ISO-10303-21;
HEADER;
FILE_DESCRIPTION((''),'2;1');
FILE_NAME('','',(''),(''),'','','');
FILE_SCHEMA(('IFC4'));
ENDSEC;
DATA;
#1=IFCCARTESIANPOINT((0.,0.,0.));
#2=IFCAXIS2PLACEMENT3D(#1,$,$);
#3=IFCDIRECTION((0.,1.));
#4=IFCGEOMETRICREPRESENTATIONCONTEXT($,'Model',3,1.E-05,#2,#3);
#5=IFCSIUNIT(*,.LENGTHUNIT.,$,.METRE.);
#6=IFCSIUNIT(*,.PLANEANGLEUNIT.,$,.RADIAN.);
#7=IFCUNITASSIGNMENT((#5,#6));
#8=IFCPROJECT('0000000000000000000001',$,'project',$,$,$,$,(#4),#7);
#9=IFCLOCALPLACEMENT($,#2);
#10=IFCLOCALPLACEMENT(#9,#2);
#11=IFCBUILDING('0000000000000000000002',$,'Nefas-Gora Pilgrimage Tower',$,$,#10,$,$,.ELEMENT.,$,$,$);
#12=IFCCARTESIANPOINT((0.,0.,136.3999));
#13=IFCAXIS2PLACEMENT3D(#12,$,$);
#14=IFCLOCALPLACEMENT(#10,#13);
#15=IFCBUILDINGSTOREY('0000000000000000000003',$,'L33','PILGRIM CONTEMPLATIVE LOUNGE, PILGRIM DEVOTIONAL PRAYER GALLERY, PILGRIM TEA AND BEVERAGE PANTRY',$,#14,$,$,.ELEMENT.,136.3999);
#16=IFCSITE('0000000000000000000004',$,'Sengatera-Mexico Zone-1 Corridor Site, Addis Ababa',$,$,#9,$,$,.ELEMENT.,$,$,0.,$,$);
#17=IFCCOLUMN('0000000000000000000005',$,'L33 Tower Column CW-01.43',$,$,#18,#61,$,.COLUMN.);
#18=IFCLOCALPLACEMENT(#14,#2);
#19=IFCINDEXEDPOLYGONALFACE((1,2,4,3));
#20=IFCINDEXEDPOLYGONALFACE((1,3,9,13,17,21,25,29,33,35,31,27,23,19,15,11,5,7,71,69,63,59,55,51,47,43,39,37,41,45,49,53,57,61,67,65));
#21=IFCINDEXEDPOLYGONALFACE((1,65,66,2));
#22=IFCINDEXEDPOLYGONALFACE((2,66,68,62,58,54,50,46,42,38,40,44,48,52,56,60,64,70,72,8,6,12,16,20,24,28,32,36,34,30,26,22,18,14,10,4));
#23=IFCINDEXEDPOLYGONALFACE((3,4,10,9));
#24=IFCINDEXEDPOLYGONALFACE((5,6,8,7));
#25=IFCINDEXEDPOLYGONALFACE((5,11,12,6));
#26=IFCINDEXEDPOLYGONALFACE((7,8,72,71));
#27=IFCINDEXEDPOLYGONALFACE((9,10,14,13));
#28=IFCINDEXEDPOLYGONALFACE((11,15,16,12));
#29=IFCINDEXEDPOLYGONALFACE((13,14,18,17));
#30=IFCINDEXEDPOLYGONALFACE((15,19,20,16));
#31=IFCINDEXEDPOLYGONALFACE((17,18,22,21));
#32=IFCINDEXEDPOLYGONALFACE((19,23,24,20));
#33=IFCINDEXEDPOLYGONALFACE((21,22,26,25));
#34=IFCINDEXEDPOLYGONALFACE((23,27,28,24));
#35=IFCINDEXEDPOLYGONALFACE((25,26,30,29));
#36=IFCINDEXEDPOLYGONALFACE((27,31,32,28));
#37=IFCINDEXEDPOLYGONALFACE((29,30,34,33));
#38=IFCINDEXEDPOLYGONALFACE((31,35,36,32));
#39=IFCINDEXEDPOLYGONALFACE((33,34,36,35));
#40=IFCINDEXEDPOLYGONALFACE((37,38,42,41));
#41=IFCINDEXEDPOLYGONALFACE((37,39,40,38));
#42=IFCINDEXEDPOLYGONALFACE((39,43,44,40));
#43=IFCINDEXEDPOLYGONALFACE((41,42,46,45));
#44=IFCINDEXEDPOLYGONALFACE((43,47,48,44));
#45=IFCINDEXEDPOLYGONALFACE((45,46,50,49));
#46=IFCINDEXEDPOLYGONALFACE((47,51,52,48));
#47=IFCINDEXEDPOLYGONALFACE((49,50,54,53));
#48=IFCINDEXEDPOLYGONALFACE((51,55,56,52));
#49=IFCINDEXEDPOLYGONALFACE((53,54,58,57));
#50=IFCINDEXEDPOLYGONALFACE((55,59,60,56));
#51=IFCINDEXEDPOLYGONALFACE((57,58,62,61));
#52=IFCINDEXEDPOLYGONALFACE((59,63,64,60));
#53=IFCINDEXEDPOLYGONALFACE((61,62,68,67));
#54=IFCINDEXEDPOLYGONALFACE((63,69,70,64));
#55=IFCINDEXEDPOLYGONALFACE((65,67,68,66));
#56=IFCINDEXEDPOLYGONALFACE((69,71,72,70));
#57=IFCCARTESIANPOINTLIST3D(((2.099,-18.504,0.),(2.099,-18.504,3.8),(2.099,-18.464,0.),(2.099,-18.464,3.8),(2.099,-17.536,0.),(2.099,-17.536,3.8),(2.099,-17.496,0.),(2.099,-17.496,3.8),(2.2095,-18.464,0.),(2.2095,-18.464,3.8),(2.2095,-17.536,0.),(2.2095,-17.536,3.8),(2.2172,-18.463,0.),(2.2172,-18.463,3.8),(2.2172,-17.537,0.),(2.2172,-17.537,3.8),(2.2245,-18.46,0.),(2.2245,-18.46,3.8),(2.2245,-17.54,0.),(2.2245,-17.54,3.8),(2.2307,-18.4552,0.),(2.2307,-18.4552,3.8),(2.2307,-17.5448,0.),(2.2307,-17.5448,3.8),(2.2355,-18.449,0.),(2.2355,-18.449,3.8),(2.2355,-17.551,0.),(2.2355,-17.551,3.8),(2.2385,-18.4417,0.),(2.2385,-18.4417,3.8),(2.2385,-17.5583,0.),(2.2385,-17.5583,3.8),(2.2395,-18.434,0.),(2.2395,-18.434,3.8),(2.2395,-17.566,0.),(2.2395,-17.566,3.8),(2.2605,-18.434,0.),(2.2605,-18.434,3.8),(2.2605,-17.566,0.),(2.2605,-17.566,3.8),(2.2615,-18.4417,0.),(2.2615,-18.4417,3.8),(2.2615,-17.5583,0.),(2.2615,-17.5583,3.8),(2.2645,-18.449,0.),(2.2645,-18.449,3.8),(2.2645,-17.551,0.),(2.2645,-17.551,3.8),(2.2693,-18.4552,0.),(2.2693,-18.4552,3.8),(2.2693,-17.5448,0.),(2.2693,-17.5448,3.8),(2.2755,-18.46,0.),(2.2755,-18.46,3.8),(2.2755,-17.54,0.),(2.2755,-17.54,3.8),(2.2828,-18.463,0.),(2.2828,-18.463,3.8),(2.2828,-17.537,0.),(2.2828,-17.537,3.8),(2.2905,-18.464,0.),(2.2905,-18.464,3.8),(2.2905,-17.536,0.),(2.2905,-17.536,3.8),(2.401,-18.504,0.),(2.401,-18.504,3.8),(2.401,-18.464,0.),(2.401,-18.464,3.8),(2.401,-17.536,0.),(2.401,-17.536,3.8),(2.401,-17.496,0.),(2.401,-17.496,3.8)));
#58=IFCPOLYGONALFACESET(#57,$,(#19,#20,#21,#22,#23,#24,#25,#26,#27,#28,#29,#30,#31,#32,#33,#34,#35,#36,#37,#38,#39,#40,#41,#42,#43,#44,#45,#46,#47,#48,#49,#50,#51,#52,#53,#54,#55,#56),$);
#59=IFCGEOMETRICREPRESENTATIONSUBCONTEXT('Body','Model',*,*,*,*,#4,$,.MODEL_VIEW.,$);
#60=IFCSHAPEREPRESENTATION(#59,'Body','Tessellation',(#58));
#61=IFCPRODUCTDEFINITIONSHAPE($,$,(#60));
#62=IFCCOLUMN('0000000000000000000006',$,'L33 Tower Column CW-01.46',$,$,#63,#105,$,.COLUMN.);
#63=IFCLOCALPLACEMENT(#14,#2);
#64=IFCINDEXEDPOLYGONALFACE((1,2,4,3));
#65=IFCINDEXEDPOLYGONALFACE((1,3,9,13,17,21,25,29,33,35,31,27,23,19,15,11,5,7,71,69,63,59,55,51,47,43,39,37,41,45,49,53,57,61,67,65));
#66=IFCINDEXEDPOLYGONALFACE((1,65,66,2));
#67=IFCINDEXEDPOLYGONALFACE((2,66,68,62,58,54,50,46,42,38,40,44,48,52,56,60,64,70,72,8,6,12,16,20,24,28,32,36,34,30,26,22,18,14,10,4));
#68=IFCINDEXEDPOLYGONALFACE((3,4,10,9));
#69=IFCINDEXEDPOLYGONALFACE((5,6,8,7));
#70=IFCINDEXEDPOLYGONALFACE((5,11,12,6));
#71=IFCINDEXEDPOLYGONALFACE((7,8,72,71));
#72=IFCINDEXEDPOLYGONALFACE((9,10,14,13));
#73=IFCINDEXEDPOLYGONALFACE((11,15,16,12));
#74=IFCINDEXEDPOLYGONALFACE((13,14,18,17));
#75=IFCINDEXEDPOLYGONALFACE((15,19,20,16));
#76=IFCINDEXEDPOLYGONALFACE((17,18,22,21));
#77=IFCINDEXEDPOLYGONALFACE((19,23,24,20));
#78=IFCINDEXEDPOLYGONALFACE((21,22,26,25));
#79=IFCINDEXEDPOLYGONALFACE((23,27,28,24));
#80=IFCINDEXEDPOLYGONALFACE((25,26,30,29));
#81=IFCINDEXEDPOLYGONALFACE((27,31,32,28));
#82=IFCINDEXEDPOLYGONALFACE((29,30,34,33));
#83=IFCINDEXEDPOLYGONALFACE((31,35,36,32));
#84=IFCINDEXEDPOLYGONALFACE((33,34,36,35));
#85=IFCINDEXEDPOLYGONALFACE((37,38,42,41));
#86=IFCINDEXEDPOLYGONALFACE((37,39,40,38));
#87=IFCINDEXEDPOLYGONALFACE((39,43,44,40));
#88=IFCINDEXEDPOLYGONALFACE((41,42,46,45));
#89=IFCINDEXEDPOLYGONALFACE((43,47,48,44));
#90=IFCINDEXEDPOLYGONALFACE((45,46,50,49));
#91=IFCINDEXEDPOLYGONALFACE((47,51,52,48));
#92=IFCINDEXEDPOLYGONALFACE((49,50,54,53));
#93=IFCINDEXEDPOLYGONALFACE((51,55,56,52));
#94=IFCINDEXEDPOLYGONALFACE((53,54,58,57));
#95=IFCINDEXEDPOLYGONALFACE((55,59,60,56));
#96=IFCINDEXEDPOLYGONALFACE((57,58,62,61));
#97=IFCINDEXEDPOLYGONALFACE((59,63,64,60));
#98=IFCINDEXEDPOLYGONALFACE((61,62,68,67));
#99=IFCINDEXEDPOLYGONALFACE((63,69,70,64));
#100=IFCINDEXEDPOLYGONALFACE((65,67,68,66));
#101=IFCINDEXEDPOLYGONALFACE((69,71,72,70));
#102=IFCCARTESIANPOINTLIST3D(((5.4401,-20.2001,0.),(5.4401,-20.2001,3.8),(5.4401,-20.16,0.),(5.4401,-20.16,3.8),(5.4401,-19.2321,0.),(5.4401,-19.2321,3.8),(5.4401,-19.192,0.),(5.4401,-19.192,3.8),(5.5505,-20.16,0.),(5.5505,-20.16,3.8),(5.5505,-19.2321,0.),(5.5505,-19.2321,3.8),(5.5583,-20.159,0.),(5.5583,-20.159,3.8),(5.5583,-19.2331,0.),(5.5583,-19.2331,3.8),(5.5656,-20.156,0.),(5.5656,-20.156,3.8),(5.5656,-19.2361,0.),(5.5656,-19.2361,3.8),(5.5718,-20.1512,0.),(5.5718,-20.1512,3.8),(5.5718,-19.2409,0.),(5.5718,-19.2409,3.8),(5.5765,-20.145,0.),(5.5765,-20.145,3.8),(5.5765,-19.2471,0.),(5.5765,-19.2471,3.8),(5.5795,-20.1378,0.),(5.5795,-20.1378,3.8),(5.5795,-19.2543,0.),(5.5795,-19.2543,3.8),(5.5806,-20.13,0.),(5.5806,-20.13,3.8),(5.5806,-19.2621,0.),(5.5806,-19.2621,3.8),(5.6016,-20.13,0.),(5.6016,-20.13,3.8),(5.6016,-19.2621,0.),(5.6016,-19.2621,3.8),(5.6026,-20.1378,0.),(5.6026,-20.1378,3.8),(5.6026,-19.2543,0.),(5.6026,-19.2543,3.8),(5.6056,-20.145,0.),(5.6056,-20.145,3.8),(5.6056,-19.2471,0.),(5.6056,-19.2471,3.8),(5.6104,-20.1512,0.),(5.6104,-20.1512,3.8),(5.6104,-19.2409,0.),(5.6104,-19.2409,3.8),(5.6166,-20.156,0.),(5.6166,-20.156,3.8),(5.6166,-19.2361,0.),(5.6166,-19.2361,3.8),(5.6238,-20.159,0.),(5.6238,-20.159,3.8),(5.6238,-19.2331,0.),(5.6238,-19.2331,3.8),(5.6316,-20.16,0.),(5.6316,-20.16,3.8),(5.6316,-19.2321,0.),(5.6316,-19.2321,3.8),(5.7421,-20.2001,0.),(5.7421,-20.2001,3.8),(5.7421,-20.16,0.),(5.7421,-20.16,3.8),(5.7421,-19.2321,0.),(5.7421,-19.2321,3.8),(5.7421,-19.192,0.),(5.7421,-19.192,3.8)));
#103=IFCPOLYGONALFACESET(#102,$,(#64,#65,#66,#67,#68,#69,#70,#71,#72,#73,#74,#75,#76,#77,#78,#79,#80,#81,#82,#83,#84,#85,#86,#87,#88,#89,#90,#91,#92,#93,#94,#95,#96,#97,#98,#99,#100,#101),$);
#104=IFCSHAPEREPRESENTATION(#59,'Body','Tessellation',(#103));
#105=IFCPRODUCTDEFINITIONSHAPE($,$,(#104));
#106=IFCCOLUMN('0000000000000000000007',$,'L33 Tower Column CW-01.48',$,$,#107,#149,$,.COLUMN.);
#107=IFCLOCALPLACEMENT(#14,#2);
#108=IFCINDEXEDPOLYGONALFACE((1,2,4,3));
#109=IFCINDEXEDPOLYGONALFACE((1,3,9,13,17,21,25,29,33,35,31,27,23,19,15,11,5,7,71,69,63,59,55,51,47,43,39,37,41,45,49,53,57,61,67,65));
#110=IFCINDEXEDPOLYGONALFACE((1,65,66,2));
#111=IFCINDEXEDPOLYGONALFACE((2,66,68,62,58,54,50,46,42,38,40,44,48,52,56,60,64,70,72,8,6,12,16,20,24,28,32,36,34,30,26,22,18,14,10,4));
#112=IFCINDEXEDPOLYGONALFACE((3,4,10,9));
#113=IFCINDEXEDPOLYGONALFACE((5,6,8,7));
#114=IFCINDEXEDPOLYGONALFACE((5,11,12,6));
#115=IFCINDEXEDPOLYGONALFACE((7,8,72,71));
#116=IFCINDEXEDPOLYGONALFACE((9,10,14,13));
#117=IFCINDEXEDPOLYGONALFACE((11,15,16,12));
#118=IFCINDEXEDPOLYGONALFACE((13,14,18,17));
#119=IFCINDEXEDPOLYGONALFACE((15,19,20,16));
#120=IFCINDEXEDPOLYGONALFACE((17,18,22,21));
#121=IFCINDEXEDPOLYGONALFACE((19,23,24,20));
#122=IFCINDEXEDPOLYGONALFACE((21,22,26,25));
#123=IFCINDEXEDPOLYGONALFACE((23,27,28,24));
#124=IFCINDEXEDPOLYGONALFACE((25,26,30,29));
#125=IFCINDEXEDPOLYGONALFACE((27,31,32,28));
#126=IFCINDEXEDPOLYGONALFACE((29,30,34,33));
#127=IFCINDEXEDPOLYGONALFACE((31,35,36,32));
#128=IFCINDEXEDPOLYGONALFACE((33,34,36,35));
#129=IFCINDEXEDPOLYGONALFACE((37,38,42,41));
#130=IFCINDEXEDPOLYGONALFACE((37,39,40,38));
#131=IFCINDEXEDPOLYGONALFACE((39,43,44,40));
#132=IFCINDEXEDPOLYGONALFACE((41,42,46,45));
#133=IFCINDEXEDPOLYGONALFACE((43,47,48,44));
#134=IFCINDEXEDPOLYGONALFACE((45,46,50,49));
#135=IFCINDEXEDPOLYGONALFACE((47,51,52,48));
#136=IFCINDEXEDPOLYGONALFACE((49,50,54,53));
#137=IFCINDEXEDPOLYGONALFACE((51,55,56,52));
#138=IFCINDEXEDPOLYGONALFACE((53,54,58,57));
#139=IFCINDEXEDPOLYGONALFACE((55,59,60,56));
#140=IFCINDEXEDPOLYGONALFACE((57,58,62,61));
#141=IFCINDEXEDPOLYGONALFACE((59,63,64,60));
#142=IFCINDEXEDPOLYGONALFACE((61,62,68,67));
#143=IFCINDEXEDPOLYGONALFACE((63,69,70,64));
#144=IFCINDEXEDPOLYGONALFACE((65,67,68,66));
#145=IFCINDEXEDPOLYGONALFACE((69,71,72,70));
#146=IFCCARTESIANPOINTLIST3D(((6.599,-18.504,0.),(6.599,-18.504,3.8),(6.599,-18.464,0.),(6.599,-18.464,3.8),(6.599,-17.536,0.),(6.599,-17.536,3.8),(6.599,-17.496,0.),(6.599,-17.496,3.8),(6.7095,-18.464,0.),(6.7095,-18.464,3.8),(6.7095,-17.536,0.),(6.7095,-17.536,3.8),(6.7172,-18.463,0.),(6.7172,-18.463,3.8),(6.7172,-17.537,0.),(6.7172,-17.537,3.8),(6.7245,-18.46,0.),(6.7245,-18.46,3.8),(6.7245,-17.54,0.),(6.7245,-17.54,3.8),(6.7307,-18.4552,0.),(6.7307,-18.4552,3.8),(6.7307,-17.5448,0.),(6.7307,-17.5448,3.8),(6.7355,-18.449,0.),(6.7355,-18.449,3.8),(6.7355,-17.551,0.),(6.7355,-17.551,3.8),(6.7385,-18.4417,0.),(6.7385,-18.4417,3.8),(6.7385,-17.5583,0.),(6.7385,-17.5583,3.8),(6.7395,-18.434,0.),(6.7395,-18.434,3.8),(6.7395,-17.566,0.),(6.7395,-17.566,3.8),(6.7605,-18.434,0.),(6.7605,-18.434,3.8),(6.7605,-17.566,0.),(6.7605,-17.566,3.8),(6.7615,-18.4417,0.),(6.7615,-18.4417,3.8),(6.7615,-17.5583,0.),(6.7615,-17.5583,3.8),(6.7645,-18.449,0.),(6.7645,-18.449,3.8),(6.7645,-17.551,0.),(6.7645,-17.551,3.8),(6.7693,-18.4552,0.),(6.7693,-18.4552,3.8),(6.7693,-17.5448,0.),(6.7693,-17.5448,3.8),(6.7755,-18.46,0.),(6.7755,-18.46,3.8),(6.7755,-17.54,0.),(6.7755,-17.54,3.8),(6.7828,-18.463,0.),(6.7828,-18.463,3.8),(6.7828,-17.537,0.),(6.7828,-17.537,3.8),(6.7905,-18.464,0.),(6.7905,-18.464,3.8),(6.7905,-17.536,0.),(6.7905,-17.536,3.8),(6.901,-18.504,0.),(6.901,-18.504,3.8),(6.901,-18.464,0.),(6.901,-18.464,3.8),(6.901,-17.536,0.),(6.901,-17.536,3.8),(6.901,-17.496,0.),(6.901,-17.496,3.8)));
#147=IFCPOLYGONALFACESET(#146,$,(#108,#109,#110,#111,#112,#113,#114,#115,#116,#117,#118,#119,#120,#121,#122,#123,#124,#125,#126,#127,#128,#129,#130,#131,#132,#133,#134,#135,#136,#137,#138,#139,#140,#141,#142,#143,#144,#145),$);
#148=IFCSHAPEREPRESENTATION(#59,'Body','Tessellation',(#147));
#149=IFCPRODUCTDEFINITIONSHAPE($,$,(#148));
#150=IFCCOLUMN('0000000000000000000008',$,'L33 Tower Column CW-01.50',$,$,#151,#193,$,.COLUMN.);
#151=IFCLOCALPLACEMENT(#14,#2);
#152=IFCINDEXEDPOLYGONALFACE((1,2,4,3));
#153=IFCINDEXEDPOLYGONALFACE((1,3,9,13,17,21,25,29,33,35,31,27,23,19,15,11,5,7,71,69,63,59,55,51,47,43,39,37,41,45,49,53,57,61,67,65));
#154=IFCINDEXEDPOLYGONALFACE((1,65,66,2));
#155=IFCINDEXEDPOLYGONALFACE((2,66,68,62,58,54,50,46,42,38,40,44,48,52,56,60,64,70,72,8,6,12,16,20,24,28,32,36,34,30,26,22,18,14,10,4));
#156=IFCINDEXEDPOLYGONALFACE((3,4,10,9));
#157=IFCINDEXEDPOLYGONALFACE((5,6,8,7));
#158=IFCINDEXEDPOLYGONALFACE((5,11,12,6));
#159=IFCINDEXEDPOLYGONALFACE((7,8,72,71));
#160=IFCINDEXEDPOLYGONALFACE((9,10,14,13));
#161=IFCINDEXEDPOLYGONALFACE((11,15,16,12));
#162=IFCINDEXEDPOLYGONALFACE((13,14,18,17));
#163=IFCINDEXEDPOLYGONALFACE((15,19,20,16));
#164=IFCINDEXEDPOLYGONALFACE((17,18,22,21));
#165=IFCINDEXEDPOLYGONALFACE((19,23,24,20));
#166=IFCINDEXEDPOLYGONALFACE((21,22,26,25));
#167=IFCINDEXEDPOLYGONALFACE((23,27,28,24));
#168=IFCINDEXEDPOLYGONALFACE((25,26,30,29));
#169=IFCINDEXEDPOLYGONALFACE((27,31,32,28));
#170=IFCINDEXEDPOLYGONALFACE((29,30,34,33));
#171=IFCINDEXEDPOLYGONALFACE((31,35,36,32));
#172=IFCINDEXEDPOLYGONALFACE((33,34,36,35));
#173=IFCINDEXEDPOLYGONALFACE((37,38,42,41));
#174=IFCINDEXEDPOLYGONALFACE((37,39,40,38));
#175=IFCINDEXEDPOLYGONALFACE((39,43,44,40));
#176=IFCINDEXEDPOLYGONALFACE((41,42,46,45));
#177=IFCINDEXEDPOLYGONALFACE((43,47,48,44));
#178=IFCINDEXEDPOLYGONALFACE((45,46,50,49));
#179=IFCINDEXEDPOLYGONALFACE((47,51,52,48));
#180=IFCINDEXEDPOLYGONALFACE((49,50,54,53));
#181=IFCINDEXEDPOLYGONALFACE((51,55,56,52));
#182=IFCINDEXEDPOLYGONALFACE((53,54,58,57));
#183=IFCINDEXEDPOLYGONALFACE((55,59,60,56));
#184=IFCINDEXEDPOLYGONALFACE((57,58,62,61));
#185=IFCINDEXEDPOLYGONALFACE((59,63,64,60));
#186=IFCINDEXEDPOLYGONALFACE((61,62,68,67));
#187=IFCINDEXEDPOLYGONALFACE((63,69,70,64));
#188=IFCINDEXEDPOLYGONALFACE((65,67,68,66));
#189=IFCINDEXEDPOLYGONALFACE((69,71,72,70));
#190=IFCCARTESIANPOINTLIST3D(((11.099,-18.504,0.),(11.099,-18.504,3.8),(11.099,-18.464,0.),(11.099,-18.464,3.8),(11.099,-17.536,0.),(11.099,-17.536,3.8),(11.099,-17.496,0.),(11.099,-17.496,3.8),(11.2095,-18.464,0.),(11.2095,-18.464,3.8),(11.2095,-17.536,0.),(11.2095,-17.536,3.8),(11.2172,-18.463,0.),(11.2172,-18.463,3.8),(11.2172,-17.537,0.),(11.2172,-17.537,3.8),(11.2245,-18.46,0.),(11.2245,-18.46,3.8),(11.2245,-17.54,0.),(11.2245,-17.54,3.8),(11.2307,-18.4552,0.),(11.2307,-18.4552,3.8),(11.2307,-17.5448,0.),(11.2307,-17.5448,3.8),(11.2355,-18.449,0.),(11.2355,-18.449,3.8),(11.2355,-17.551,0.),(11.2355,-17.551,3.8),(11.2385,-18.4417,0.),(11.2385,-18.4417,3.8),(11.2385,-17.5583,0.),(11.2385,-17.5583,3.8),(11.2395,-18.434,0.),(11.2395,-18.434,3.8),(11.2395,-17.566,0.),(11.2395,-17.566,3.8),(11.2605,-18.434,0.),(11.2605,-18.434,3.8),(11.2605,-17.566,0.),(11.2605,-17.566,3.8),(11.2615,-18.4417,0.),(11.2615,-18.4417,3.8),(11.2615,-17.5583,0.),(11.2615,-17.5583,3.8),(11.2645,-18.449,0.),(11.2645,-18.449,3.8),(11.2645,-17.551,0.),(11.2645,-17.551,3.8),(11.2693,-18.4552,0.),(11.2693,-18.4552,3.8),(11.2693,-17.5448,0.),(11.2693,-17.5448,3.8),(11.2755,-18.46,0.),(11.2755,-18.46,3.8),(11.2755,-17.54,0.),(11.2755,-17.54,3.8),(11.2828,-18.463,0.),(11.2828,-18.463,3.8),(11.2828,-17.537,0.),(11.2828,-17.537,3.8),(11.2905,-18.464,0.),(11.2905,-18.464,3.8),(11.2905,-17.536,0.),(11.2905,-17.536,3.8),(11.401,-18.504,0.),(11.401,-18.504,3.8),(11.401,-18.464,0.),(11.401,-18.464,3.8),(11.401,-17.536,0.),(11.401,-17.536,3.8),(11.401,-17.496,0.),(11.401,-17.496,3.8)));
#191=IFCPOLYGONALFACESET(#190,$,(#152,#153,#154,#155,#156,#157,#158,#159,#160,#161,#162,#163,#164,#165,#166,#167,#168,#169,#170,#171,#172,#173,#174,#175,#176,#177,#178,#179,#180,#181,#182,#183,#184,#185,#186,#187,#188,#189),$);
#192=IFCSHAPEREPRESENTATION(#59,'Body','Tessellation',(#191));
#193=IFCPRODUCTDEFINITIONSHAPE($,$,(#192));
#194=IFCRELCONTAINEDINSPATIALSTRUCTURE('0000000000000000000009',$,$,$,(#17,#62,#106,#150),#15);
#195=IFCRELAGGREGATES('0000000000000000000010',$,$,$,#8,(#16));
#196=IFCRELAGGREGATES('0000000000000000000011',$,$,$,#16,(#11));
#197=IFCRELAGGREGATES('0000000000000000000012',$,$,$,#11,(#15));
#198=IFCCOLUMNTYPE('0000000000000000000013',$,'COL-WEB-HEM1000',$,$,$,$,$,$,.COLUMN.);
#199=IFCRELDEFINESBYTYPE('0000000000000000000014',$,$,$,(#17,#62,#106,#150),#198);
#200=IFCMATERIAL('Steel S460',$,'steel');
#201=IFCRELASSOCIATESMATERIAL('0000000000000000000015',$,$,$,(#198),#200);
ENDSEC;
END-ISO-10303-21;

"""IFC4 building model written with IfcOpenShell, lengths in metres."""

from ifc_helpers import new_model, si_unit, direction, frame, origin, origin_2d, place, context, subcontext, project, spatial, i_section, extrude, source, transform, mapped, material, material_profile, profile_set, type_object, element, save


model = new_model("IFC4")

# Units and contexts
model_context = context("Model", 3, precision=1e-05, world=origin(), true_north=direction((0.0, 1.0)))
body_context = subcontext(model_context, "Body", "Model", "MODEL_VIEW")
ifc_project = project(units=[si_unit("LENGTHUNIT", "METRE"), si_unit("PLANEANGLEUNIT", "RADIAN")], contexts=[model_context])

# Site, building, storey
site_placement = place(None, origin())
site = spatial("IfcSite", under=ifc_project, at=site_placement, Name="Sengatera-Mexico Zone-1 Corridor Site, Addis Ababa", CompositionType="ELEMENT", RefElevation=0.0)
building_placement = place(site_placement, origin())
building = spatial("IfcBuilding", under=site, at=building_placement, Name="Nefas-Gora Pilgrimage Tower", CompositionType="ELEMENT")
storey_placement = place(building_placement, frame((0.0, 0.0, 136.3999)))
storey = spatial("IfcBuildingStorey", under=building, at=storey_placement, Name="L33", Description="PILGRIM CONTEMPLATIVE LOUNGE, PILGRIM DEVOTIONAL PRAYER GALLERY, PILGRIM TEA AND BEVERAGE PANTRY", CompositionType="ELEMENT", Elevation=136.3999)

# Columns
ifc_material_1 = material(Name="Steel S460", Category="steel")
ifc_material_profile_1 = material_profile(ifc_material_1, i_section(OverallWidth=0.302, OverallDepth=1.0081, WebThickness=0.021, FlangeThickness=0.04, FilletRadius=0.03, at=origin_2d()), Name="HEM 1000")
ifc_profile_set_1 = profile_set([ifc_material_profile_1], Name="Steel S460")
column_type_1 = type_object("IfcColumnType", Name="COL-WEB-HEM1000", PredefinedType="COLUMN", material=ifc_profile_set_1)
shared_shape_1 = source(origin(), body_context, "Body", "SweptSolid", [
    extrude(i_section(OverallWidth=0.302, OverallDepth=1.0081, WebThickness=0.021, FlangeThickness=0.04, FilletRadius=0.03, at=origin_2d()), origin(), (0.0, 0.0, 1.0), 3.8),
])
for number, where, z_axis, x_axis, name in (
    (1, (2.25, -18.0, 0.0), (0.0, 0.0, 1.0), (1.0, 0.0, 0.0), "L33 Tower Column CW-01.43"),
    (2, (5.5911, -19.696, 0.0), (0.0, 0.0, 1.0), (1.0, 0.0, 0.0), "L33 Tower Column CW-01.46"),
    (3, (6.75, -18.0, 0.0), (0.0, 0.0, 1.0), (1.0, 0.0, 0.0), "L33 Tower Column CW-01.48"),
    (4, (11.25, -18.0, 0.0), (0.0, 0.0, 1.0), (1.0, 0.0, 0.0), "L33 Tower Column CW-01.50"),
):
    element("IfcColumn", number, at=place(storey_placement, frame(where, z_axis=z_axis, x_axis=x_axis)), inside=storey, type_object=column_type_1, Name=name, PredefinedType="COLUMN", context=body_context, shape_type="MappedRepresentation", body=[
        mapped(shared_shape_1, transform((0.0, 0.0, 0.0), x_axis=(1.0, 0.0, 0.0), y_axis=(0.0, 1.0, 0.0), z_axis=(0.0, 0.0, 1.0), scale=1.0)),
    ])

save(model, "model.ifc")
